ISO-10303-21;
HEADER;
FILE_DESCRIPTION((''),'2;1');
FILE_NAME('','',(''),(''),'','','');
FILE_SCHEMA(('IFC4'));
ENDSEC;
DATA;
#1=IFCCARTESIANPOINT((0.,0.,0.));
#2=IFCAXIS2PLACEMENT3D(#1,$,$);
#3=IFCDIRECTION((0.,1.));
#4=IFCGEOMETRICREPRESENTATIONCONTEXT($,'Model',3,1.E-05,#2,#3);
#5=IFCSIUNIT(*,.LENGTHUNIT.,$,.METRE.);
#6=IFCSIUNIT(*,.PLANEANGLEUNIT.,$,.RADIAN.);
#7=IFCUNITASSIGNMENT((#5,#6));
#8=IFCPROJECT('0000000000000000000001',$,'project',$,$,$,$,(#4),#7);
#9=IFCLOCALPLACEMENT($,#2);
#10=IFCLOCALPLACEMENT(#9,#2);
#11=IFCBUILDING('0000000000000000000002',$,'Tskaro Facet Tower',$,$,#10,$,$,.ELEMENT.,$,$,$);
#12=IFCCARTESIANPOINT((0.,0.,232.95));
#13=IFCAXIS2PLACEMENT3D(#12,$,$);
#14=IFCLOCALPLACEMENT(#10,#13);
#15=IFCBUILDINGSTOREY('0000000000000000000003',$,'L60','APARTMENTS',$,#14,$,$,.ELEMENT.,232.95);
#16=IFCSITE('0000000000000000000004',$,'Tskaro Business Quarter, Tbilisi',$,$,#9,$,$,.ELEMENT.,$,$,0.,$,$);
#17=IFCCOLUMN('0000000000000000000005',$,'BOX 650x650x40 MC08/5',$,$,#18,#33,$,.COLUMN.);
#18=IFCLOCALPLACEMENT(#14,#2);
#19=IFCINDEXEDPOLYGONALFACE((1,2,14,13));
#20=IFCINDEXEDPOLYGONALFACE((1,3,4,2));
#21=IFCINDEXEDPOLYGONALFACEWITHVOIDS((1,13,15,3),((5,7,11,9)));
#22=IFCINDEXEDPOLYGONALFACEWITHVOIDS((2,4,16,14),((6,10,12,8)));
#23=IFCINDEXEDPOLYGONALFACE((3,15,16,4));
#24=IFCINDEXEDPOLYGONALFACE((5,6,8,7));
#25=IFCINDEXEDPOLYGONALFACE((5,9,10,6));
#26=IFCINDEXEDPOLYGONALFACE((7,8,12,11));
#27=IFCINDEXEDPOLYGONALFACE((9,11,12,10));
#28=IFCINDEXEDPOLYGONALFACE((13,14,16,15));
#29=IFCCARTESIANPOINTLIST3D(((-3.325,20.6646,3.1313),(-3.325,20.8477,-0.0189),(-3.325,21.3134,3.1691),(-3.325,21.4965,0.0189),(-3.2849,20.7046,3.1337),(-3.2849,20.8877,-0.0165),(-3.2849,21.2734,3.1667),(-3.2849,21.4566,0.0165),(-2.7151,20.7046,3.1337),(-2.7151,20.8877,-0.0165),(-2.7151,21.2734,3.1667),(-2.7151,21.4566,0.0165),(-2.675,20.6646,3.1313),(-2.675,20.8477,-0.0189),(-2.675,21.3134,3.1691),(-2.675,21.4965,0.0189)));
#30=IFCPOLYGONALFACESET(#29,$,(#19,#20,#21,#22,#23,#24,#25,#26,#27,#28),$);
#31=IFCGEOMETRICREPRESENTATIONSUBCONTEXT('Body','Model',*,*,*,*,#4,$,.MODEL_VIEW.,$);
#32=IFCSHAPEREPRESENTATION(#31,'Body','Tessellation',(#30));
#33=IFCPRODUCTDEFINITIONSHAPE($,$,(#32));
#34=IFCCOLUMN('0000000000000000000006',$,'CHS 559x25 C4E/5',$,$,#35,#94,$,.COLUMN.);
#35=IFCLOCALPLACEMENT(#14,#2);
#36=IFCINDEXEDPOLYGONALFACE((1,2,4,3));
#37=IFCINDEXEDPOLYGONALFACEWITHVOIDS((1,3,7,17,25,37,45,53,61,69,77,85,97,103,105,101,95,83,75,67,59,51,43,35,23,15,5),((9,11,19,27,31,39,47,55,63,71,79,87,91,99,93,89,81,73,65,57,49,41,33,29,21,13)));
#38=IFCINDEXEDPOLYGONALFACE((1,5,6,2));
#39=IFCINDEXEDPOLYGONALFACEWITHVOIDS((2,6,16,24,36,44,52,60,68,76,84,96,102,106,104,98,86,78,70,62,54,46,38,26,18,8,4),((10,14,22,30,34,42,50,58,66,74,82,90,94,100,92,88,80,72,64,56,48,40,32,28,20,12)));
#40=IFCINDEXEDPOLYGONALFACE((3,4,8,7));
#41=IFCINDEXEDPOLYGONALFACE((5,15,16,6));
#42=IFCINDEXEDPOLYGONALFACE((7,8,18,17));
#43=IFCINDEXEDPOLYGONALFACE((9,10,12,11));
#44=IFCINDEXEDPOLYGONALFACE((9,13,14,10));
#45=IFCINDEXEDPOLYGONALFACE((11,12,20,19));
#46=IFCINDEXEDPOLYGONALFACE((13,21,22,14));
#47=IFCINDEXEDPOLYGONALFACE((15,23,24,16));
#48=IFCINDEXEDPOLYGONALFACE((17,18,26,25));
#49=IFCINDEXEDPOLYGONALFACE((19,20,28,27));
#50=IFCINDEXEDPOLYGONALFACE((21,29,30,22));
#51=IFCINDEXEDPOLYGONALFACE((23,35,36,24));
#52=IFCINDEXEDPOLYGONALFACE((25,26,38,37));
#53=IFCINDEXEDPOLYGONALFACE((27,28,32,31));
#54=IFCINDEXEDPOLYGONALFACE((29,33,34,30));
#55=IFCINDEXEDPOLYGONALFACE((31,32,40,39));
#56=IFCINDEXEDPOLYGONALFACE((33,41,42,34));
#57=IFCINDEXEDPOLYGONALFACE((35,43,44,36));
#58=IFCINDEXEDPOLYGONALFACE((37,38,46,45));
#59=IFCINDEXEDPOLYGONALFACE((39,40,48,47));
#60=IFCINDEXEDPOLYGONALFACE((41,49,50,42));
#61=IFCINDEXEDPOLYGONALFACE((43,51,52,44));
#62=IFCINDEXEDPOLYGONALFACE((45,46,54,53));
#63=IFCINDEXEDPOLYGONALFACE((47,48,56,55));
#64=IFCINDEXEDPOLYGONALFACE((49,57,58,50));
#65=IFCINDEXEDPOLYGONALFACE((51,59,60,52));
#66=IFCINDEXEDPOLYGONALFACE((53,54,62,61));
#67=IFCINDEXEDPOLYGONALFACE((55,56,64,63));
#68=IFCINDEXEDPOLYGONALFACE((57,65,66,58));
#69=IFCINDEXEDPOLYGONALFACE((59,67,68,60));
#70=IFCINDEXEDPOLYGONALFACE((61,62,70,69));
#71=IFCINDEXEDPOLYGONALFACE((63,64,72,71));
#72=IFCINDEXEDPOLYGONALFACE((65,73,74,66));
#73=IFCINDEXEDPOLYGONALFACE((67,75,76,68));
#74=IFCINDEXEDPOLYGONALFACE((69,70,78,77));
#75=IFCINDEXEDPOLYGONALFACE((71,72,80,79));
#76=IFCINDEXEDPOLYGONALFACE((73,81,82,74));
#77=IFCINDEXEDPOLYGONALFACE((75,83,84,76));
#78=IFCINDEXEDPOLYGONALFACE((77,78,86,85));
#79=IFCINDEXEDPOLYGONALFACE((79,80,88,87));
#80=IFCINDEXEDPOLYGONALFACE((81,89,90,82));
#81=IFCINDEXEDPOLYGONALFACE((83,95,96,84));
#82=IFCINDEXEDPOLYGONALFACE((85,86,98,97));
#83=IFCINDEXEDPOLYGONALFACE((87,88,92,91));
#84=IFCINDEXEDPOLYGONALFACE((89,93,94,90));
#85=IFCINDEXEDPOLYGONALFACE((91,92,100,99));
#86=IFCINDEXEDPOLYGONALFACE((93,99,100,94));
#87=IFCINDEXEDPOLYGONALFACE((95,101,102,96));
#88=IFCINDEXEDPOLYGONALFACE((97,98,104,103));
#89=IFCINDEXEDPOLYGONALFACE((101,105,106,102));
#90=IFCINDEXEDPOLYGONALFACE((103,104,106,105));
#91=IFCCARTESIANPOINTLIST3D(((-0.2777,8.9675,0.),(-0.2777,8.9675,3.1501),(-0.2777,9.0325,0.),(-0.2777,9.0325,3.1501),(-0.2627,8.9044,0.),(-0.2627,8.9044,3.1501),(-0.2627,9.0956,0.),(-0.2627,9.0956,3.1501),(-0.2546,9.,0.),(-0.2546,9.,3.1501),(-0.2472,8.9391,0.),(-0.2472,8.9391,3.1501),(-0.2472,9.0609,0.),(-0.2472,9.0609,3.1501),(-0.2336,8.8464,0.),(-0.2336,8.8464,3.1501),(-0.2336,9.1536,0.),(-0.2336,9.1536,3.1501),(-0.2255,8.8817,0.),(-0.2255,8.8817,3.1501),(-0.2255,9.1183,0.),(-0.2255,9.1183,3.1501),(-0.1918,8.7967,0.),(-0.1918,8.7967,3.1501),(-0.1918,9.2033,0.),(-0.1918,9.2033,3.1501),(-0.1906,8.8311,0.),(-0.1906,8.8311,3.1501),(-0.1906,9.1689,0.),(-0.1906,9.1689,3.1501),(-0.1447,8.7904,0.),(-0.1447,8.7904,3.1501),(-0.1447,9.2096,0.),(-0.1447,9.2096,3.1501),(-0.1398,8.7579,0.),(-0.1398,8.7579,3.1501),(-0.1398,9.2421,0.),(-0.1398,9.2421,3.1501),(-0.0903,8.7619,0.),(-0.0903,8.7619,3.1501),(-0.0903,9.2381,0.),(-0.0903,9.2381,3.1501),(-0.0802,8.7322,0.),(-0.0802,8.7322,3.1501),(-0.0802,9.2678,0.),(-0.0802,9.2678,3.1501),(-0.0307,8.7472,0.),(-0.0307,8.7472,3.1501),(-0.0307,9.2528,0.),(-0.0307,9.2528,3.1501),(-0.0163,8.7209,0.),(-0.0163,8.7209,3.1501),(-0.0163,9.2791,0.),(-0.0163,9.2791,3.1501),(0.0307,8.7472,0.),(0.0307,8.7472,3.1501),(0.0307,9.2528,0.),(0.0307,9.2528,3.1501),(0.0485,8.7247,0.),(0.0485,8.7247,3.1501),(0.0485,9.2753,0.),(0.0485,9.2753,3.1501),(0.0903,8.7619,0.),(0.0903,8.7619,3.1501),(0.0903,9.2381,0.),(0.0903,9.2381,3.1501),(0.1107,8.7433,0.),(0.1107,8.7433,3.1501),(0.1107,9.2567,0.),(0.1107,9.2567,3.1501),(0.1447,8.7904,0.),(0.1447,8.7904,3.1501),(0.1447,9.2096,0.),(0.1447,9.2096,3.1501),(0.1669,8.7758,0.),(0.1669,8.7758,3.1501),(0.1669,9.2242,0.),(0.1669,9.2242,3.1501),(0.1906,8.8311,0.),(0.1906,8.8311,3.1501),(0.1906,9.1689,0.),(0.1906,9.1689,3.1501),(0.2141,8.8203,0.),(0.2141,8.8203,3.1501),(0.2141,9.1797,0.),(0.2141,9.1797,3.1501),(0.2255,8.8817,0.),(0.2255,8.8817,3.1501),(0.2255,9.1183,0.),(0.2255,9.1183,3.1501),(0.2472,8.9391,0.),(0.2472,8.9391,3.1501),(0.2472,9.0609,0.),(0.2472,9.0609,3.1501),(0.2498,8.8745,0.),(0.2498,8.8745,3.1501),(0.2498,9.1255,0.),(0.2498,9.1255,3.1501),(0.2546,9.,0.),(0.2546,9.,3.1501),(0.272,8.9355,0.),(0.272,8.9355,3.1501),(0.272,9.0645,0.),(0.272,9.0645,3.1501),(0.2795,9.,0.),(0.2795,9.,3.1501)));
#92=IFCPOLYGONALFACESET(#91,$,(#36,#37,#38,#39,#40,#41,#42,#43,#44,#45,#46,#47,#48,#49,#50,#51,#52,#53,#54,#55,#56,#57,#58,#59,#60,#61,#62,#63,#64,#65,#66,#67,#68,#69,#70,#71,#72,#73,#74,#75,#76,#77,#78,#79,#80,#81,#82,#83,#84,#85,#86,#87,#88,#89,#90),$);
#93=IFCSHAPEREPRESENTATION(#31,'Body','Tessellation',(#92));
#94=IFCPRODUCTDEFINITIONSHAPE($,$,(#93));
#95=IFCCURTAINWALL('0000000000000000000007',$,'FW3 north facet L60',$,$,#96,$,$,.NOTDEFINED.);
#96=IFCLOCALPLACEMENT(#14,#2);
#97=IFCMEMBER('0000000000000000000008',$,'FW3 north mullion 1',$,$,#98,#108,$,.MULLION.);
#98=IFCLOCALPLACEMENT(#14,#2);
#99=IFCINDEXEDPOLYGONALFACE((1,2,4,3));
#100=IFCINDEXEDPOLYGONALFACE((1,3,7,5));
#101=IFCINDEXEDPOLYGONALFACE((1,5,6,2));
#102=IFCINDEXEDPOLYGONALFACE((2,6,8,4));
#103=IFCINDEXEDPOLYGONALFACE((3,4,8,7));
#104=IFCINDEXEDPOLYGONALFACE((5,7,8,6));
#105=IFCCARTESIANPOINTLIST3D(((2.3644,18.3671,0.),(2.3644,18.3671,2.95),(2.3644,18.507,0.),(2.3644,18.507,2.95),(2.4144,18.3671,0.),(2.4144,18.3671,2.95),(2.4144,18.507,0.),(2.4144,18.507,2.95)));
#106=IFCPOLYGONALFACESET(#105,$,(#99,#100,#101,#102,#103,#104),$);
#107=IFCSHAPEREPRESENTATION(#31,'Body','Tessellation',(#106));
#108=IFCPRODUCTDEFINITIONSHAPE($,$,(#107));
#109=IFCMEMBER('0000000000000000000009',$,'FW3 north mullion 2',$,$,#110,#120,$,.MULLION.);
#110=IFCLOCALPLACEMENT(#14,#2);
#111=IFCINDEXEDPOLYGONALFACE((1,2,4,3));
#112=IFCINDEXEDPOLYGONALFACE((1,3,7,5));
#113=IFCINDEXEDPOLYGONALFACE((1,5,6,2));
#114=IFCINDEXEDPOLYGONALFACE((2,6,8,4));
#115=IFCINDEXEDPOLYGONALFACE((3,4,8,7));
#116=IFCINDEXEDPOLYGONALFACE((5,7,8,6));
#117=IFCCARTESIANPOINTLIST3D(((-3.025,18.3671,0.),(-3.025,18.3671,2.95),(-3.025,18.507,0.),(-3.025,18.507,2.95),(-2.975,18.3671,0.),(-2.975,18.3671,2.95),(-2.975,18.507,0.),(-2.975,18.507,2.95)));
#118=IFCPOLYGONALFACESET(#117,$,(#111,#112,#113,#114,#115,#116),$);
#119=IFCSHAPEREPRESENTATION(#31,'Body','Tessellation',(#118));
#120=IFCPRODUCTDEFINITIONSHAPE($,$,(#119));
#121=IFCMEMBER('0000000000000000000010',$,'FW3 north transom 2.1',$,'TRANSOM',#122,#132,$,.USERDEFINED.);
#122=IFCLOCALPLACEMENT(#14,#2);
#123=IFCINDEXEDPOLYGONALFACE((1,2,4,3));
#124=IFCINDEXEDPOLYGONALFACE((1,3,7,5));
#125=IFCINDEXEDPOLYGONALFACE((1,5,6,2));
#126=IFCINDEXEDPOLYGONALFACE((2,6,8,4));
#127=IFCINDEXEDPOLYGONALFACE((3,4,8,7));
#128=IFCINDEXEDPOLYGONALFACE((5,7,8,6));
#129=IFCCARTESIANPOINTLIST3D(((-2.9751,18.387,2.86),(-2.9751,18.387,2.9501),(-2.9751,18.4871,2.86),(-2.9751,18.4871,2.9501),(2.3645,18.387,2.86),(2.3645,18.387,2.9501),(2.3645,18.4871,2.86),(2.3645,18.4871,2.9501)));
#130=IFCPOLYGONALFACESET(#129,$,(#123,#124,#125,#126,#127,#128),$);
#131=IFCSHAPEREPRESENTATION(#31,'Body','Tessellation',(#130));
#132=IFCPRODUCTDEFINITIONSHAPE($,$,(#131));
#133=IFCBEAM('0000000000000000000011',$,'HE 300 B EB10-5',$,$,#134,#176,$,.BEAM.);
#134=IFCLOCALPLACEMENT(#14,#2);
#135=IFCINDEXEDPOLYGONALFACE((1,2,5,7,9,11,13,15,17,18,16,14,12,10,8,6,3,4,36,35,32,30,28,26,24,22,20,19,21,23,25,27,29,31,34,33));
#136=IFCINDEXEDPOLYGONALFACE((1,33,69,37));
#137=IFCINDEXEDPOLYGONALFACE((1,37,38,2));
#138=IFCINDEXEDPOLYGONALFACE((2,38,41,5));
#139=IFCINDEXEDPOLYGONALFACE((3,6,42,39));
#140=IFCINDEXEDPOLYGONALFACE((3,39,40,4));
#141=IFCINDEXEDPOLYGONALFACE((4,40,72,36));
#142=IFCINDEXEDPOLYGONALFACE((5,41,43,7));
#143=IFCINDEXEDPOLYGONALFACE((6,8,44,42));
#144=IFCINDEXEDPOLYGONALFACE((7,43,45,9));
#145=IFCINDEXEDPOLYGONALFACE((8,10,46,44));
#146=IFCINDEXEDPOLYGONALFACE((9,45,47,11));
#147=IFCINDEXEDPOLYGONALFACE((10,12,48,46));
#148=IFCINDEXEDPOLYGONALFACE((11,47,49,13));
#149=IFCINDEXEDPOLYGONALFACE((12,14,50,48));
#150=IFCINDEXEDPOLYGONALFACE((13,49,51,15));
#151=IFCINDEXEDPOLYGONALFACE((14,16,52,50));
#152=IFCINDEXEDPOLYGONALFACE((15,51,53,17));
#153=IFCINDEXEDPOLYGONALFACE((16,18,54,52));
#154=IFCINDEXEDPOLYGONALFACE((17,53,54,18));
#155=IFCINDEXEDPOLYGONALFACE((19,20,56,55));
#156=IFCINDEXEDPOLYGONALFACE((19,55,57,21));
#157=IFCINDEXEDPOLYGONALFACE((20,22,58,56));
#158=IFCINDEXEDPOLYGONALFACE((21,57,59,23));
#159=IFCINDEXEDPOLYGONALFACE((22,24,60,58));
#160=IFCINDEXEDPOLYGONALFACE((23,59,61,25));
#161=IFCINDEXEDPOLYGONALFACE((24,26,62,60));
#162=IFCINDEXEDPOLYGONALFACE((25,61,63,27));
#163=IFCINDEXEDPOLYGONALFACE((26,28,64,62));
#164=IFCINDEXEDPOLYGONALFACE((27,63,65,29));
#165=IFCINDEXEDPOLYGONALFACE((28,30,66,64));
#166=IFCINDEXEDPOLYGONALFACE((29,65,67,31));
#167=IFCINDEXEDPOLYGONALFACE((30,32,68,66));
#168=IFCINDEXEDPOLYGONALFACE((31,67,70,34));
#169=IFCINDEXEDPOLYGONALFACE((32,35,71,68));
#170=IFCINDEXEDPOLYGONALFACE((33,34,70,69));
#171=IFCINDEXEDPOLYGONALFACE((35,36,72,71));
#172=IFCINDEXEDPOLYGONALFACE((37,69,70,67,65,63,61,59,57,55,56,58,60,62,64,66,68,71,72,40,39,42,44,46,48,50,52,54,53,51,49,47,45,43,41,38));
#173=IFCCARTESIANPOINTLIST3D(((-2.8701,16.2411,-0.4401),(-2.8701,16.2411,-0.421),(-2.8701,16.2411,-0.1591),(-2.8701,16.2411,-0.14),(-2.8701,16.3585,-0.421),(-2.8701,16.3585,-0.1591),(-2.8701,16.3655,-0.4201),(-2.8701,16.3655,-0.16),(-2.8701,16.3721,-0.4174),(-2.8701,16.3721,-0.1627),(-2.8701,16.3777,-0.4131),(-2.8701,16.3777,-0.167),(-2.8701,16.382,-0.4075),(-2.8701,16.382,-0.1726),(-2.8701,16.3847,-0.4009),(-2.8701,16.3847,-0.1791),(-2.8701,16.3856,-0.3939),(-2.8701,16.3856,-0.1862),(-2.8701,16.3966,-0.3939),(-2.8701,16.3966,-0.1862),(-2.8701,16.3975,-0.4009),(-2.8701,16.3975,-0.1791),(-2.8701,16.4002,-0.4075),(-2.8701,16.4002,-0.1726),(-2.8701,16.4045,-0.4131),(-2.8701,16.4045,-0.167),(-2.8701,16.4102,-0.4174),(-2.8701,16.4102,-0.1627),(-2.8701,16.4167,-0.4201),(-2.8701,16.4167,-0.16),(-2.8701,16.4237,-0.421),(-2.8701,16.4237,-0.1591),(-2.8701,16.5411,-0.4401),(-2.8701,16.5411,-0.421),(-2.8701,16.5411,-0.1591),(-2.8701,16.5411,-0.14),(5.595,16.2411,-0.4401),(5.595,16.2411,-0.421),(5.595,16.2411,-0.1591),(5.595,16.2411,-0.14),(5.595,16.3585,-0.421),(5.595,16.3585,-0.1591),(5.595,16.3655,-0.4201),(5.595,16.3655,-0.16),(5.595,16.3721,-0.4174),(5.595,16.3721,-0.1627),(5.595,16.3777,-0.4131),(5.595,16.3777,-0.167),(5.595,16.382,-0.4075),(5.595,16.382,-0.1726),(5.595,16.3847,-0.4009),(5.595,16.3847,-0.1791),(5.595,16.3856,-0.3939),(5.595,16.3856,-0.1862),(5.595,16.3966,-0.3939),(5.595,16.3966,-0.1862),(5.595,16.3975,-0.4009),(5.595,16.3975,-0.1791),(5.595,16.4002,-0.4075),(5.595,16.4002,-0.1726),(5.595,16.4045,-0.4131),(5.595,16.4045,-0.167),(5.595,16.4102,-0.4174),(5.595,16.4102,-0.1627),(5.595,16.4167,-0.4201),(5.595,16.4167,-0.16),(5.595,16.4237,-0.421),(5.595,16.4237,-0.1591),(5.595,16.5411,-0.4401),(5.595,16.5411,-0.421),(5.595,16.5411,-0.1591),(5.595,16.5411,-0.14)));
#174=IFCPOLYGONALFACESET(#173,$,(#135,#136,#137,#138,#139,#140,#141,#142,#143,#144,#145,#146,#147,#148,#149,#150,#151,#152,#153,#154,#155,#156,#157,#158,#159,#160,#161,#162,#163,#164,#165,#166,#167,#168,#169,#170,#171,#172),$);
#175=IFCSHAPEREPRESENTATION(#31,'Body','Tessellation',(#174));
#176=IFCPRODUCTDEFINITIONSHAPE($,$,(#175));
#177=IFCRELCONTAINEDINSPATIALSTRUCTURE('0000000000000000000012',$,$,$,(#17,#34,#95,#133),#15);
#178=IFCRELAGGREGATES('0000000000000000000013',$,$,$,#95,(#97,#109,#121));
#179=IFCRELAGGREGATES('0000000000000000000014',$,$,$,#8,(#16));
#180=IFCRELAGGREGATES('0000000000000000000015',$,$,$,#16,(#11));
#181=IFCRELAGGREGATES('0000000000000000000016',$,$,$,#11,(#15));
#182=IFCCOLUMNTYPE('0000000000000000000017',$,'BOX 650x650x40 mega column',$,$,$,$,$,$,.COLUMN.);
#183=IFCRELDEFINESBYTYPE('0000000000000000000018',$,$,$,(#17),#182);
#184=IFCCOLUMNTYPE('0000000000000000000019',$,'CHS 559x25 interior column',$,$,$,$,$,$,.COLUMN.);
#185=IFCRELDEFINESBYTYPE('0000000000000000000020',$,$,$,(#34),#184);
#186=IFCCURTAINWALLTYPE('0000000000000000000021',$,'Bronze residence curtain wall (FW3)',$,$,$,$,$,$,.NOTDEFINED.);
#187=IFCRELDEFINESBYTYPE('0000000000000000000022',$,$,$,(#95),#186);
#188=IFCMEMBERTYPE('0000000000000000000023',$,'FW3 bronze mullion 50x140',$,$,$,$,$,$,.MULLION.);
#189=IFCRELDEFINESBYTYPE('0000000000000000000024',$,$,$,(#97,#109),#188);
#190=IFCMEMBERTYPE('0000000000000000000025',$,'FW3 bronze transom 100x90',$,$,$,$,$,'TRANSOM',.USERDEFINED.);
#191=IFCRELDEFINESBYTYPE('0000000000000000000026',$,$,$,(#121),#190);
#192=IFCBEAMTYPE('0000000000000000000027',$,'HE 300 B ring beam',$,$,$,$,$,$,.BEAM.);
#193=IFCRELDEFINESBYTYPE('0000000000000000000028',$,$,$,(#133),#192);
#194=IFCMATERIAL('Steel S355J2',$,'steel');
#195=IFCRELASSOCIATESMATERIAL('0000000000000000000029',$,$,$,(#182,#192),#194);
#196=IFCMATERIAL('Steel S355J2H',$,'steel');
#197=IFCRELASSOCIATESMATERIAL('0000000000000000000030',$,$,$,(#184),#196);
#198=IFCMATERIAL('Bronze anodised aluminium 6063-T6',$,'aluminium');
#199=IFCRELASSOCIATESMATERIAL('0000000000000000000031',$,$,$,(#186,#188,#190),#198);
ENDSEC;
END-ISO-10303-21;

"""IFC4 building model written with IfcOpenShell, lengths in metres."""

from ifc_helpers import new_model, si_unit, direction, frame, origin, origin_2d, place, context, subcontext, project, spatial, rectangle, hollow_rectangle, hollow_circle, i_section, extrude, material, material_profile, profile_set, type_object, element, aggregate, save


model = new_model("IFC4")

# Units and contexts
model_context = context("Model", 3, precision=1e-05, world=origin(), true_north=direction((0.0, 1.0)))
body_context = subcontext(model_context, "Body", "Model", "MODEL_VIEW")
ifc_project = project(units=[si_unit("LENGTHUNIT", "METRE"), si_unit("PLANEANGLEUNIT", "RADIAN")], contexts=[model_context])

# Site, building, storey
site_placement = place(None, origin())
site = spatial("IfcSite", under=ifc_project, at=site_placement, Name="Tskaro Business Quarter, Tbilisi", CompositionType="ELEMENT", RefElevation=0.0)
building_placement = place(site_placement, origin())
building = spatial("IfcBuilding", under=site, at=building_placement, Name="Tskaro Facet Tower", CompositionType="ELEMENT")
storey_placement = place(building_placement, frame((0.0, 0.0, 232.95)))
storey = spatial("IfcBuildingStorey", under=building, at=storey_placement, Name="L60", Description="APARTMENTS", CompositionType="ELEMENT", Elevation=232.95)

# Columns
ifc_material_1 = material(Name="Steel S355J2", Category="steel")
ifc_material_profile_1 = material_profile(ifc_material_1, hollow_rectangle(XDim=0.6499, YDim=0.6499, WallThickness=0.04, at=origin_2d()), Name="BOX 650x650x40")
ifc_profile_set_1 = profile_set([ifc_material_profile_1], Name="Steel S355J2")
column_type_1 = type_object("IfcColumnType", Name="BOX 650x650x40 mega column", PredefinedType="COLUMN", material=ifc_profile_set_1)
column_1_placement = place(storey_placement, frame((-3.0, 21.1721, 0.0), z_axis=(0.0, -0.058028, 0.998315), x_axis=(1.0, 0.0, 0.0)))
element("IfcColumn", 1, at=column_1_placement, inside=storey, type_object=column_type_1, Name="BOX 650x650x40 MC08/5", PredefinedType="COLUMN", context=body_context, shape_type="SweptSolid", body=[
    extrude(hollow_rectangle(XDim=0.6499, YDim=0.6499, WallThickness=0.04, at=origin_2d()), origin(), (0.0, 0.0, 1.0), 3.1555),
])
ifc_material_2 = material(Name="Steel S355J2H", Category="steel")
ifc_material_profile_2 = material_profile(ifc_material_2, hollow_circle(Radius=0.2795, WallThickness=0.0249, at=origin_2d()), Name="CHS 559x25")
ifc_profile_set_2 = profile_set([ifc_material_profile_2], Name="Steel S355J2H")
column_type_2 = type_object("IfcColumnType", Name="CHS 559x25 interior column", PredefinedType="COLUMN", material=ifc_profile_set_2)
column_2_placement = place(storey_placement, frame((0.0, 9.0, 0.0), z_axis=(0.0, 0.0, 1.0), x_axis=(1.0, 0.0, 0.0)))
element("IfcColumn", 2, at=column_2_placement, inside=storey, type_object=column_type_2, Name="CHS 559x25 C4E/5", PredefinedType="COLUMN", context=body_context, shape_type="SweptSolid", body=[
    extrude(hollow_circle(Radius=0.2795, WallThickness=0.0249, at=origin_2d()), origin(), (0.0, 0.0, 1.0), 3.1501),
])

# Curtain wall, members
ifc_material_3 = material(Name="Bronze anodised aluminium 6063-T6", Category="aluminium")
curtain_wall_type = type_object("IfcCurtainWallType", Name="Bronze residence curtain wall (FW3)", PredefinedType="NOTDEFINED", material=ifc_material_3)
curtain_wall_placement = place(storey_placement, origin())
curtain_wall = element("IfcCurtainWall", 3, at=curtain_wall_placement, inside=storey, type_object=curtain_wall_type, Name="FW3 north facet L60", PredefinedType="NOTDEFINED")
ifc_material_profile_3 = material_profile(ifc_material_3, rectangle(XDim=0.05, YDim=0.1399, at=origin_2d()), Name="Mullion 50x140")
ifc_profile_set_3 = profile_set([ifc_material_profile_3], Name="Bronze anodised aluminium 6063-T6")
member_type_1 = type_object("IfcMemberType", Name="FW3 bronze mullion 50x140", PredefinedType="MULLION", material=ifc_profile_set_3)
member_1_placement = place(storey_placement, frame((2.3894, 18.437, 0.0), z_axis=(0.0, 0.0, 1.0), x_axis=(-1.0, 0.0, 0.0)))
member_1 = element("IfcMember", 4, at=member_1_placement, type_object=member_type_1, Name="FW3 north mullion 1", PredefinedType="MULLION", context=body_context, shape_type="SweptSolid", body=[
    extrude(rectangle(XDim=0.05, YDim=0.1399, at=origin_2d()), origin(), (0.0, 0.0, 1.0), 2.95),
])
member_2_placement = place(storey_placement, frame((-3.0, 18.437, 0.0), z_axis=(0.0, 0.0, 1.0), x_axis=(-1.0, 0.0, 0.0)))
member_2 = element("IfcMember", 5, at=member_2_placement, type_object=member_type_1, Name="FW3 north mullion 2", PredefinedType="MULLION", context=body_context, shape_type="SweptSolid", body=[
    extrude(rectangle(XDim=0.05, YDim=0.1399, at=origin_2d()), origin(), (0.0, 0.0, 1.0), 2.95),
])
ifc_material_profile_4 = material_profile(ifc_material_3, rectangle(XDim=0.1001, YDim=0.0901, at=origin_2d()), Name="Transom 100x90")
ifc_profile_set_4 = profile_set([ifc_material_profile_4], Name="Bronze anodised aluminium 6063-T6")
member_type_2 = type_object("IfcMemberType", Name="FW3 bronze transom 100x90", ElementType="TRANSOM", PredefinedType="USERDEFINED", material=ifc_profile_set_4)
member_3_placement = place(storey_placement, frame((2.3645, 18.437, 2.905), z_axis=(-1.0, 0.0, 0.0), x_axis=(0.0, -1.0, 0.0)))
member_3 = element("IfcMember", 6, at=member_3_placement, type_object=member_type_2, Name="FW3 north transom 2.1", ObjectType="TRANSOM", PredefinedType="USERDEFINED", context=body_context, shape_type="SweptSolid", body=[
    extrude(rectangle(XDim=0.1001, YDim=0.0901, at=origin_2d()), origin(), (0.0, 0.0, 1.0), 5.3396),
])

# Beam
ifc_material_profile_5 = material_profile(ifc_material_1, i_section(OverallWidth=0.3, OverallDepth=0.3, WebThickness=0.011, FlangeThickness=0.019, FilletRadius=0.0271, at=origin_2d()), Name="HE 300 B")
ifc_profile_set_5 = profile_set([ifc_material_profile_5], Name="Steel S355J2")
beam_type_1 = type_object("IfcBeamType", Name="HE 300 B ring beam", PredefinedType="BEAM", material=ifc_profile_set_5)
beam_1_placement = place(storey_placement, frame((5.595, 16.3911, -0.29), z_axis=(-1.0, 0.0, 0.0), x_axis=(0.0, -1.0, 0.0)))
element("IfcBeam", 7, at=beam_1_placement, inside=storey, type_object=beam_type_1, Name="HE 300 B EB10-5", PredefinedType="BEAM", context=body_context, shape_type="SweptSolid", body=[
    extrude(i_section(OverallWidth=0.3, OverallDepth=0.3, WebThickness=0.011, FlangeThickness=0.019, FilletRadius=0.0271, at=origin_2d()), origin(), (0.0, 0.0, 1.0), 8.4651),
])

aggregate(curtain_wall, [member_1, member_2, member_3])

save(model, "model.ifc")
